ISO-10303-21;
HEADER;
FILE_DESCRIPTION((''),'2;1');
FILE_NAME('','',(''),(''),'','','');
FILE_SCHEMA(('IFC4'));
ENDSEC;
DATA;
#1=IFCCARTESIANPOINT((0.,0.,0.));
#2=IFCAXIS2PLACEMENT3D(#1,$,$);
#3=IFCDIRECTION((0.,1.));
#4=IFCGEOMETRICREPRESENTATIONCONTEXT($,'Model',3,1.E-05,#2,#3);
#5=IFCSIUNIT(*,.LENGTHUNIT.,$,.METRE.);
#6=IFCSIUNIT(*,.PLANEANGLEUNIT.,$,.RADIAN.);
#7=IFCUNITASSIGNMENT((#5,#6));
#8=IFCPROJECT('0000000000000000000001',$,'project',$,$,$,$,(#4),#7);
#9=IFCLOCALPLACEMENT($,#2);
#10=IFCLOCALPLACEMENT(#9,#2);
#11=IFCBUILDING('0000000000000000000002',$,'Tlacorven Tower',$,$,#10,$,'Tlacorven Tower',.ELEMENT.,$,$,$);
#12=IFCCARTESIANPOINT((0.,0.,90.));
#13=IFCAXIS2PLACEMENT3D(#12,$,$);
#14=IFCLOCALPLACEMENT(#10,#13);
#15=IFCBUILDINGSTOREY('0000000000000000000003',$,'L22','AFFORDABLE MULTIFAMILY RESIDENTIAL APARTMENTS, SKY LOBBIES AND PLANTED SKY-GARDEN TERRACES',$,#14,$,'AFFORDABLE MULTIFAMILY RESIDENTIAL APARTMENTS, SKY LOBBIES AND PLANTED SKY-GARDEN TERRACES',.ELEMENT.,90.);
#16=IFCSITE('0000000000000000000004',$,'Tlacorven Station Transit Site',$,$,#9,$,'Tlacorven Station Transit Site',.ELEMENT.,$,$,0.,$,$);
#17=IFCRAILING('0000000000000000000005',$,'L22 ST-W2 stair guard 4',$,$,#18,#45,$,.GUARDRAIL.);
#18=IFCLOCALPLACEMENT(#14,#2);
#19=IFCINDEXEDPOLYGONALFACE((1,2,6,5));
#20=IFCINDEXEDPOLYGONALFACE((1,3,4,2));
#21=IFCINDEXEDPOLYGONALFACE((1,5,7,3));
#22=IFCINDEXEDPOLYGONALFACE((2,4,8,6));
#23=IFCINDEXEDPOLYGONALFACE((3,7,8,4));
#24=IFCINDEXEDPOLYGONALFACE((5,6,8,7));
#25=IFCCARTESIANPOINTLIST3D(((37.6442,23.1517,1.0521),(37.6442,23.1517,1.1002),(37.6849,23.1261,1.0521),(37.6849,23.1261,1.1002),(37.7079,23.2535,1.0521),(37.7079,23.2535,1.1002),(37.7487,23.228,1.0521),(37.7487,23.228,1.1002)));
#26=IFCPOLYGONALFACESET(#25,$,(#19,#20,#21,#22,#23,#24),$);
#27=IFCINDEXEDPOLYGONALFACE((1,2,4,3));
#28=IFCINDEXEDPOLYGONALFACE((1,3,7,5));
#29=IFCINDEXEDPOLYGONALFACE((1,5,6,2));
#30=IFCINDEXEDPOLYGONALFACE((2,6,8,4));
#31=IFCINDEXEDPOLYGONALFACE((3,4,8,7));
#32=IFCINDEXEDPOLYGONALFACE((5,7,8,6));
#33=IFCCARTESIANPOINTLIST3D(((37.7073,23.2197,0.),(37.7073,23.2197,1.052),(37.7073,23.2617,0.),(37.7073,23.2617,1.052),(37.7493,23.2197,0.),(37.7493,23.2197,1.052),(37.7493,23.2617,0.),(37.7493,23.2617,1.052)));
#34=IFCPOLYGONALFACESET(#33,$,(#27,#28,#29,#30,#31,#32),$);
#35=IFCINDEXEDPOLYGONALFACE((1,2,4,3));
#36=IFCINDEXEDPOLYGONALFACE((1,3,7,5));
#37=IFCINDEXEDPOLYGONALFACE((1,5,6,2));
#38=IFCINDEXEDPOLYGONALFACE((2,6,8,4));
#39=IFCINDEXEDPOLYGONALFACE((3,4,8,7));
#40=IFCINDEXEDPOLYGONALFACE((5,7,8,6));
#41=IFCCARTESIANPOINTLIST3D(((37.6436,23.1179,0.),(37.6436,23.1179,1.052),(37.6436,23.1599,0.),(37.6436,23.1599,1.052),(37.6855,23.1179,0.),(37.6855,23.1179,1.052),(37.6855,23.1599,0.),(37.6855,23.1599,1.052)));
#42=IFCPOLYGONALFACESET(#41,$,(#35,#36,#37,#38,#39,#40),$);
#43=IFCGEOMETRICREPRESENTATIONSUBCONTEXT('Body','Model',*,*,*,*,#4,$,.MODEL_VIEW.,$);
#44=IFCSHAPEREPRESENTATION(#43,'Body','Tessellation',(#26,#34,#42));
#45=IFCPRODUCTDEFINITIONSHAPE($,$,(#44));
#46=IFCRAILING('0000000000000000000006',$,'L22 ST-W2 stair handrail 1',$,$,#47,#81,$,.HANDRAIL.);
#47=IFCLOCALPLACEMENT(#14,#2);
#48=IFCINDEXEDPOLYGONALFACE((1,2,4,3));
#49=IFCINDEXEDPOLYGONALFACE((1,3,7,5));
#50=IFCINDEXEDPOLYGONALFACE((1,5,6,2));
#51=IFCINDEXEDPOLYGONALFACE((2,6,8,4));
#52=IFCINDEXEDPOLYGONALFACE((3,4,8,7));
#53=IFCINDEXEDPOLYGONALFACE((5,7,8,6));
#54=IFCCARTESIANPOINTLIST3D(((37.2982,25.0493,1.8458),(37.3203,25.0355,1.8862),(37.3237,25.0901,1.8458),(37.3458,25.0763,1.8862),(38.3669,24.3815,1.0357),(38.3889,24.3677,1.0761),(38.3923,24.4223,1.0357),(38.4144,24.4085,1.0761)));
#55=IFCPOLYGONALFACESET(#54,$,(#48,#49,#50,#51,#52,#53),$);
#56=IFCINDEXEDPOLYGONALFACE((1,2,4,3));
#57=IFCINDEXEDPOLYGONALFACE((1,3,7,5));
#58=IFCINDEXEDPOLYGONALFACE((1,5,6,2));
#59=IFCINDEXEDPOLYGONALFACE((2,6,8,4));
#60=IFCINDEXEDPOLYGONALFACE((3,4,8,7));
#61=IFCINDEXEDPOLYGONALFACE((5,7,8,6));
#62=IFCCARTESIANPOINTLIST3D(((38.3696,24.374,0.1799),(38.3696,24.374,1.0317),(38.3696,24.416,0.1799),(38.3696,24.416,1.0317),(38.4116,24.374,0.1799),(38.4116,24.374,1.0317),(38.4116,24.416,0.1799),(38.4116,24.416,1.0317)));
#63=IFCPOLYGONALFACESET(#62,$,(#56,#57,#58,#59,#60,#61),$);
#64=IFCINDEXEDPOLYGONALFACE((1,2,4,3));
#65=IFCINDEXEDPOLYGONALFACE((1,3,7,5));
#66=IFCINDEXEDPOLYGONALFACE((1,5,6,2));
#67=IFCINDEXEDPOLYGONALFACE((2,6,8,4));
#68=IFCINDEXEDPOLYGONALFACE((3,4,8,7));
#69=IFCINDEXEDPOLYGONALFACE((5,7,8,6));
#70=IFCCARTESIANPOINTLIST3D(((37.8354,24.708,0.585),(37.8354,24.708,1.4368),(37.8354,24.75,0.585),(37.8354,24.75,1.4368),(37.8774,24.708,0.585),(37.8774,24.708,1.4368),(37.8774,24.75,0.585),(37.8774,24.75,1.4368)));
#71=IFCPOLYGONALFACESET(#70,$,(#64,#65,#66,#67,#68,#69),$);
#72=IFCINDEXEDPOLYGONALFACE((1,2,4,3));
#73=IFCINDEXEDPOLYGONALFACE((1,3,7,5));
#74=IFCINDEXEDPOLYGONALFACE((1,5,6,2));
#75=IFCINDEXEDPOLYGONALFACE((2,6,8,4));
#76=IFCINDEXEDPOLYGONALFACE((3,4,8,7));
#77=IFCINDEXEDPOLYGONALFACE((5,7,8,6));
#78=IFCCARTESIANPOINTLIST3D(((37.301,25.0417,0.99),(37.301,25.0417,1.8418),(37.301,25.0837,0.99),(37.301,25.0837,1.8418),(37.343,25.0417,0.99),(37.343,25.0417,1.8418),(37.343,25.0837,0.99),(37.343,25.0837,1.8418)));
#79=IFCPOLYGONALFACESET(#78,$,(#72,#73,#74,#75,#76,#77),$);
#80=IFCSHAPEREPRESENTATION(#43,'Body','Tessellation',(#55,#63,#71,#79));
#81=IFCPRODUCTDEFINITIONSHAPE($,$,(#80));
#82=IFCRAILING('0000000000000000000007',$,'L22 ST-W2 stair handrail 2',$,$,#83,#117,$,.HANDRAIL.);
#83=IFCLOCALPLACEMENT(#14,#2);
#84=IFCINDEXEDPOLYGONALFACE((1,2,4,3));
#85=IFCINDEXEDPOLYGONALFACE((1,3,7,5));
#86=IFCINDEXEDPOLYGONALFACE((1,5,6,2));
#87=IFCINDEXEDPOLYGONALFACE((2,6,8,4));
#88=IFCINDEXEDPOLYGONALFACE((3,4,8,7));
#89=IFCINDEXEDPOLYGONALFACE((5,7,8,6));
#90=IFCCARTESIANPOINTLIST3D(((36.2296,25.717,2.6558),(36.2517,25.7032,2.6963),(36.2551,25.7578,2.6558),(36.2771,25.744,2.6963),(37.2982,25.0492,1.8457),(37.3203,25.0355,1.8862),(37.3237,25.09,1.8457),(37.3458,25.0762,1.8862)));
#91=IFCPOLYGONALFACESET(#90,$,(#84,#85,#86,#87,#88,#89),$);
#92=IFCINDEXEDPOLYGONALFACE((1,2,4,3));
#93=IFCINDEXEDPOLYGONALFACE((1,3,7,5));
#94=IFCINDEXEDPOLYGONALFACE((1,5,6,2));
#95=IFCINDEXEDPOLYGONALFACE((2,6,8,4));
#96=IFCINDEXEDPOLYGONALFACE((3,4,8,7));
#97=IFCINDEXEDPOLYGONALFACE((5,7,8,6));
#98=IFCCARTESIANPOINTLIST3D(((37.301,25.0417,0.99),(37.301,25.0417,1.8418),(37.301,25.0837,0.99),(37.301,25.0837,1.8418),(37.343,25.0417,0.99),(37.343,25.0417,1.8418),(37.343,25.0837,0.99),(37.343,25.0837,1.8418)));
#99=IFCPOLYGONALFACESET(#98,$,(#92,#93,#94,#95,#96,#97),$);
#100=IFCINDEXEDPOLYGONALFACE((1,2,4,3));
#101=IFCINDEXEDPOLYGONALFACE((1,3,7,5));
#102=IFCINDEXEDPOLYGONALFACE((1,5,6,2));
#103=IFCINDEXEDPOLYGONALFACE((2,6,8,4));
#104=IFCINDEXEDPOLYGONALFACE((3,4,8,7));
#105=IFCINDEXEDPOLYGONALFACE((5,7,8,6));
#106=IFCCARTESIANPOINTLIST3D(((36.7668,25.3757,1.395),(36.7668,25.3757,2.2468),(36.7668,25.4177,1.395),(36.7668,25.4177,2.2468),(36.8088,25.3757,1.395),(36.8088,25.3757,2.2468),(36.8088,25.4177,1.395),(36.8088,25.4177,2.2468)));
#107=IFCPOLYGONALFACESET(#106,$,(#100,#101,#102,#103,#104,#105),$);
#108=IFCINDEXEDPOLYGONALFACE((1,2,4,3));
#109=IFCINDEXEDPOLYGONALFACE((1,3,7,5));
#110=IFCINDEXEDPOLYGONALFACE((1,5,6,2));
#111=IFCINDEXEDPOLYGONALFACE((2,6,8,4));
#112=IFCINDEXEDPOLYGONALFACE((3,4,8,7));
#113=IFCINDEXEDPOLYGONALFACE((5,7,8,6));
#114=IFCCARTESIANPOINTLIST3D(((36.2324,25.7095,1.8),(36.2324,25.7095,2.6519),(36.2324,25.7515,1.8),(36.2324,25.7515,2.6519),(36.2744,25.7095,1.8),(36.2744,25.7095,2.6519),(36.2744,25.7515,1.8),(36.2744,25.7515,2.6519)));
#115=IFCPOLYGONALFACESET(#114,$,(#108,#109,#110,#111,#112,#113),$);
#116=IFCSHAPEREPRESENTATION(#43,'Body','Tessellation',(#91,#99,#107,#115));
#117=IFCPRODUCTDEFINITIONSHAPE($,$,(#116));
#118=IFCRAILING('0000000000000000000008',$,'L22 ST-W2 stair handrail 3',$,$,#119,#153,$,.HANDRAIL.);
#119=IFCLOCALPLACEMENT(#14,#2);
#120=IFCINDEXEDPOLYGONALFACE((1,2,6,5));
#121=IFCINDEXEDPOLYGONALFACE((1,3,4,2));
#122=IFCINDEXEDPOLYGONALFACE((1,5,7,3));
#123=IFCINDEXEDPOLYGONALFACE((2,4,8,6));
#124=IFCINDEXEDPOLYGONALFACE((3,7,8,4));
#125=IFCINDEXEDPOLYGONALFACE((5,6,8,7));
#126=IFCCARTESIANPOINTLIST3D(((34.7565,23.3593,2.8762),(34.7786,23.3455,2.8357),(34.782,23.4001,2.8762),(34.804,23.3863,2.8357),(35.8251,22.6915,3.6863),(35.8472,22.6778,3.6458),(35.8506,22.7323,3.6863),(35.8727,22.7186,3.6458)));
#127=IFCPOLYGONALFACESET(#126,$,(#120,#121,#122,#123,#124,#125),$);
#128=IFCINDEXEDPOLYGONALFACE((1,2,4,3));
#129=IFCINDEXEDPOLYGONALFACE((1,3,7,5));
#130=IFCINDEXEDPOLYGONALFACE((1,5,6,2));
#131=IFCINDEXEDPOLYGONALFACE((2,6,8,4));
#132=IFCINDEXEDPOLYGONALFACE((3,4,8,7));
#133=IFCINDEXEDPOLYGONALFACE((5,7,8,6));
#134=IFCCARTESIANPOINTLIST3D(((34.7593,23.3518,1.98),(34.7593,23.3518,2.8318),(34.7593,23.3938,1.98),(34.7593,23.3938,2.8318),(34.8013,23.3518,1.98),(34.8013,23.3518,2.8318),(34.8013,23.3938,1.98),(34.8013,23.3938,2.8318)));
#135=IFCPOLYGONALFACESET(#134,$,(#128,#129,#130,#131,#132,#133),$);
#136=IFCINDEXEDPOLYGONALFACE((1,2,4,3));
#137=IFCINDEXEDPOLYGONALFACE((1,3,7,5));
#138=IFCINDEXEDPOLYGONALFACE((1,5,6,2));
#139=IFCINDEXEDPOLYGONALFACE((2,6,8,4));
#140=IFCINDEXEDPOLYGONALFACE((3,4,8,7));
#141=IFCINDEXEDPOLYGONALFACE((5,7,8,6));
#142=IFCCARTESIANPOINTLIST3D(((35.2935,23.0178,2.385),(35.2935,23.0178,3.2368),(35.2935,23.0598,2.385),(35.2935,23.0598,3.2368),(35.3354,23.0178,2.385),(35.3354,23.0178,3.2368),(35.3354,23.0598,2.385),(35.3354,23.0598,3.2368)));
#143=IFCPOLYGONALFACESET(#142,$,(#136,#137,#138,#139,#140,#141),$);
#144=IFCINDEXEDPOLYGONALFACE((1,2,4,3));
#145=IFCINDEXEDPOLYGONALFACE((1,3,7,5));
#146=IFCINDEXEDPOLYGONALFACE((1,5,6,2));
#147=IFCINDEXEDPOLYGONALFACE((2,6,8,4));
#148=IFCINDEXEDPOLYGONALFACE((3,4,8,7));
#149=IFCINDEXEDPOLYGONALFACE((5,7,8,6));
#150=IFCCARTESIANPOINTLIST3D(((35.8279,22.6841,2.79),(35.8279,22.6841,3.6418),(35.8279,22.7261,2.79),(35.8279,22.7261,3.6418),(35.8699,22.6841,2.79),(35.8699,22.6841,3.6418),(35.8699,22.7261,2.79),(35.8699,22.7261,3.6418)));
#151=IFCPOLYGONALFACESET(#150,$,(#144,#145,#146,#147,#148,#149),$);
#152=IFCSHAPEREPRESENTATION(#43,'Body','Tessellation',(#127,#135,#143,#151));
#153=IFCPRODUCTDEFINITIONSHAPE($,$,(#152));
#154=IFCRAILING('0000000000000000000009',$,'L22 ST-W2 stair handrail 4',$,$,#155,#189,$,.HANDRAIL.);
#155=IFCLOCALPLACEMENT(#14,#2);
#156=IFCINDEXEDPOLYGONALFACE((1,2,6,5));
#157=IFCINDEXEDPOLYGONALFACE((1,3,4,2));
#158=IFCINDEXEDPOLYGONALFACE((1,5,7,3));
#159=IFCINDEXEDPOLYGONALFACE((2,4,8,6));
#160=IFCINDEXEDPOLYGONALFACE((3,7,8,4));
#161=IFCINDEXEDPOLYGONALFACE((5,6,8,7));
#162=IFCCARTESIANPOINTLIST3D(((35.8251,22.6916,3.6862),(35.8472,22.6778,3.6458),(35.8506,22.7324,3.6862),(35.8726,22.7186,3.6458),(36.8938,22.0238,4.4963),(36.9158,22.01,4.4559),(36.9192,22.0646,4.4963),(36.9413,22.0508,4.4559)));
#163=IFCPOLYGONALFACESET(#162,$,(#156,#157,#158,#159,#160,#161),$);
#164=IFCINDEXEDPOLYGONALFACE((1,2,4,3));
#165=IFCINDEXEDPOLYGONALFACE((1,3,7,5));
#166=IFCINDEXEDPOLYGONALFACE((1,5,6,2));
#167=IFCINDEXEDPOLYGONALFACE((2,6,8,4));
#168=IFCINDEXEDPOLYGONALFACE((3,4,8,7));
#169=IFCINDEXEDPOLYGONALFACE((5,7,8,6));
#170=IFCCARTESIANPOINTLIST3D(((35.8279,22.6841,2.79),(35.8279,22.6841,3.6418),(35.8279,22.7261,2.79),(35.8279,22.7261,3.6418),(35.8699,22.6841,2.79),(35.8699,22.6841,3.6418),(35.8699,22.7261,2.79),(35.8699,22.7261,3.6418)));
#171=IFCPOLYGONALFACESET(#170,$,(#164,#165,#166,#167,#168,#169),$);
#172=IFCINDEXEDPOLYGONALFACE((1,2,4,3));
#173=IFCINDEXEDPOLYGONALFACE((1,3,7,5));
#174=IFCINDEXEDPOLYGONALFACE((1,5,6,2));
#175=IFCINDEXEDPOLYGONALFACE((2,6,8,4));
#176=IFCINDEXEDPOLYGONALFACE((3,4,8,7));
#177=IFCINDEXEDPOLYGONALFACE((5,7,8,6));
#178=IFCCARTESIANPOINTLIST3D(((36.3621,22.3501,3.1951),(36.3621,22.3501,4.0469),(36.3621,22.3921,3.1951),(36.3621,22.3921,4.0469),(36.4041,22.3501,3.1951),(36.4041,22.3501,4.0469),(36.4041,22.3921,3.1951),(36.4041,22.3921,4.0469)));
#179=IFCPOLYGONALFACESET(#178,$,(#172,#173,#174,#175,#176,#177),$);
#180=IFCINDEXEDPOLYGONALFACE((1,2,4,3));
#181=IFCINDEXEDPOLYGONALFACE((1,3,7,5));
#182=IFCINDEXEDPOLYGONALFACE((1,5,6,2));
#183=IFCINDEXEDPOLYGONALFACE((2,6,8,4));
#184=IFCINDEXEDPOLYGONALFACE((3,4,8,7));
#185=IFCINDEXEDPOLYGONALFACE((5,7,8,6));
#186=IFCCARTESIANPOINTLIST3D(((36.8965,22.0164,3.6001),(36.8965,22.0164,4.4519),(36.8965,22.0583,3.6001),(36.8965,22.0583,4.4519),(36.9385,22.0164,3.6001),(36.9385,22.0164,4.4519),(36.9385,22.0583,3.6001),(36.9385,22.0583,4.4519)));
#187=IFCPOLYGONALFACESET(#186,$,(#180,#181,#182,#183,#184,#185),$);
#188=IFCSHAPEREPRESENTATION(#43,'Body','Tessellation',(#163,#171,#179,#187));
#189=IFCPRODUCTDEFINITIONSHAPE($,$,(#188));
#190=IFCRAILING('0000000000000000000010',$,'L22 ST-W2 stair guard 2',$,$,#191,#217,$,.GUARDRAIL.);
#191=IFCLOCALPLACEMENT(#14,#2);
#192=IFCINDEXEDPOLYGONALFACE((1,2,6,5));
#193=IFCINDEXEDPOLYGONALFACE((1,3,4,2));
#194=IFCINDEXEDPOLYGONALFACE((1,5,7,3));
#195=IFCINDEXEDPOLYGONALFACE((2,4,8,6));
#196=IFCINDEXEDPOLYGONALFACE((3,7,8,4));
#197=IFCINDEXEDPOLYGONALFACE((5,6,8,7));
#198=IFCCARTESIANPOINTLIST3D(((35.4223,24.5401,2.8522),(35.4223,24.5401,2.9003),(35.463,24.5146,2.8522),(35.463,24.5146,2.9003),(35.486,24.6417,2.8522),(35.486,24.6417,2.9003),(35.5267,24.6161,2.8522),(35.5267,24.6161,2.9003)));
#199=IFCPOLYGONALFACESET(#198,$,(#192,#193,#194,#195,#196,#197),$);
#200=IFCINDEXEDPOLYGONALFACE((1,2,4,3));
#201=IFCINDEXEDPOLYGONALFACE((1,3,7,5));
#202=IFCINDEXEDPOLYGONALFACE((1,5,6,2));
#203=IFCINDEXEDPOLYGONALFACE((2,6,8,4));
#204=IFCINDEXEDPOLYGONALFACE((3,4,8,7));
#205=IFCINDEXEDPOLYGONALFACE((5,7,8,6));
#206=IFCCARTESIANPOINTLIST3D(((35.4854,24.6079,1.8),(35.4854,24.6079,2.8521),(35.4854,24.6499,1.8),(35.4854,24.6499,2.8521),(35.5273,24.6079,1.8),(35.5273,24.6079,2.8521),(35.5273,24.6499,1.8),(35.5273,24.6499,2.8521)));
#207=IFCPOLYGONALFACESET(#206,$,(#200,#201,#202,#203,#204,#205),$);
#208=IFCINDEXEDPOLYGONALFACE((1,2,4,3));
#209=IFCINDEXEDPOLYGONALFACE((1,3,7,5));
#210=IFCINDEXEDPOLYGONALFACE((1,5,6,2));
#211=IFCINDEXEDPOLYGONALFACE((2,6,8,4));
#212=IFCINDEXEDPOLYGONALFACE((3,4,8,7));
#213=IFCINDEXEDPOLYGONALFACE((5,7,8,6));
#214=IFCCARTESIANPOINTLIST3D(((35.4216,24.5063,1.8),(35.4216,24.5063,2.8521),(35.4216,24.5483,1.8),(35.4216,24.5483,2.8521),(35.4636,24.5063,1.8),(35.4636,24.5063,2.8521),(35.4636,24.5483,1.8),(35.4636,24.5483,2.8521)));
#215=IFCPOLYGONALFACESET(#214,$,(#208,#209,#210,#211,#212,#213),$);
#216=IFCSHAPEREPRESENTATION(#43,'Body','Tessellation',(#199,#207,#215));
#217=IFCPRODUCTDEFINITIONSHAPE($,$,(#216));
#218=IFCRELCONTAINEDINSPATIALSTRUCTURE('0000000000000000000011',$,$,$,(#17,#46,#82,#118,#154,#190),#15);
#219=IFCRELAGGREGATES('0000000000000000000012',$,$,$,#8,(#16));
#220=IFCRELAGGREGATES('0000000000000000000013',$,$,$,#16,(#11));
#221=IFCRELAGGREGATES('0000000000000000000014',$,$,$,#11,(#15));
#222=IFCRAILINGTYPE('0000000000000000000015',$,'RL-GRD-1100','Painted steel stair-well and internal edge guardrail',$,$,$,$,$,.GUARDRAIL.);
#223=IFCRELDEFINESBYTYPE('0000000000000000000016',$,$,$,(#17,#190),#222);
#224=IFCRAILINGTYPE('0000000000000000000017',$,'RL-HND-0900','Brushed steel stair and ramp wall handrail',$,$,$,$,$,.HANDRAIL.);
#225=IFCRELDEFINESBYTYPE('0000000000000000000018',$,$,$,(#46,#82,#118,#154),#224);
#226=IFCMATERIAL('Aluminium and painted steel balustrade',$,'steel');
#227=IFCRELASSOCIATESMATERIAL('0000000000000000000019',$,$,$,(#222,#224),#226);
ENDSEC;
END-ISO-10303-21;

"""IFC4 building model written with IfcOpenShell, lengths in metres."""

from ifc_helpers import new_model, si_unit, direction, frame, origin, origin_2d, place, context, subcontext, project, spatial, rectangle, extrude, source, transform, mapped, material, type_object, element, save


model = new_model("IFC4")

# Units and contexts
model_context = context("Model", 3, precision=1e-05, world=origin(), true_north=direction((0.0, 1.0)))
body_context = subcontext(model_context, "Body", "Model", "MODEL_VIEW")
ifc_project = project(units=[si_unit("LENGTHUNIT", "METRE"), si_unit("PLANEANGLEUNIT", "RADIAN")], contexts=[model_context])

# Site, building, storey
site_placement = place(None, origin())
site = spatial("IfcSite", under=ifc_project, at=site_placement, Name="Tlacorven Station Transit Site", LongName="Tlacorven Station Transit Site", CompositionType="ELEMENT", RefElevation=0.0)
building_placement = place(site_placement, origin())
building = spatial("IfcBuilding", under=site, at=building_placement, Name="Tlacorven Tower", LongName="Tlacorven Tower", CompositionType="ELEMENT")
storey_placement = place(building_placement, frame((0.0, 0.0, 90.0)))
storey = spatial("IfcBuildingStorey", under=building, at=storey_placement, Name="L22", Description="AFFORDABLE MULTIFAMILY RESIDENTIAL APARTMENTS, SKY LOBBIES AND PLANTED SKY-GARDEN TERRACES", LongName="AFFORDABLE MULTIFAMILY RESIDENTIAL APARTMENTS, SKY LOBBIES AND PLANTED SKY-GARDEN TERRACES", CompositionType="ELEMENT", Elevation=90.0)

# Railings
ifc_material_1 = material(Name="Aluminium and painted steel balustrade", Category="steel")
railing_type_1 = type_object("IfcRailingType", Name="RL-GRD-1100", Description="Painted steel stair-well and internal edge guardrail", PredefinedType="GUARDRAIL", material=ifc_material_1)
shared_shape_1 = source(origin(), body_context, "Body", "SweptSolid", [
    extrude(rectangle(XDim=0.0481, YDim=0.0481, at=origin_2d()), frame((0.0, 0.0, 1.0762), z_axis=(-0.530547, -0.847656, 0.0), x_axis=(0.847656, -0.530547, 0.0)), (0.0, 0.0, 1.0), 0.1201),
    extrude(rectangle(XDim=0.042, YDim=0.042, at=origin_2d()), origin(), (0.0, 0.0, 1.0), 1.052),
    extrude(rectangle(XDim=0.042, YDim=0.042, at=origin_2d()), frame((-0.0637, -0.1018, 0.0)), (0.0, 0.0, 1.0), 1.052),
])
railing_1_placement = place(storey_placement, frame((37.7283, 23.2407, 0.0)))
element("IfcRailing", 1, at=railing_1_placement, inside=storey, type_object=railing_type_1, Name="L22 ST-W2 stair guard 4", PredefinedType="GUARDRAIL", context=body_context, shape_type="MappedRepresentation", body=[
    mapped(shared_shape_1, transform((0.0, 0.0, 0.0), scale=1.0)),
])
railing_type_2 = type_object("IfcRailingType", Name="RL-HND-0900", Description="Brushed steel stair and ramp wall handrail", PredefinedType="HANDRAIL", material=ifc_material_1)
shared_shape_2 = source(origin(), body_context, "Body", "SweptSolid", [
    extrude(rectangle(XDim=0.0481, YDim=0.0481, at=origin_2d()), frame((0.0, 0.0, 0.876), z_axis=(-0.71336, 0.445748, 0.540765), x_axis=(-0.529912, -0.848053, 0.0)), (0.0, 0.0, 1.0), 1.498),
    extrude(rectangle(XDim=0.042, YDim=0.042, at=origin_2d()), origin(), (0.0, 0.0, 1.0), 0.8518),
    extrude(rectangle(XDim=0.042, YDim=0.042, at=origin_2d()), frame((-0.5342, 0.334, 0.405)), (0.0, 0.0, 1.0), 0.8518),
    extrude(rectangle(XDim=0.042, YDim=0.042, at=origin_2d()), frame((-1.0686, 0.6677, 0.8101)), (0.0, 0.0, 1.0), 0.8518),
])
for number, where, name in (
    (2, (38.3906, 24.395, 0.1799), "L22 ST-W2 stair handrail 1"),
    (3, (37.322, 25.0627, 0.99), "L22 ST-W2 stair handrail 2"),
):
    element("IfcRailing", number, at=place(storey_placement, frame(where)), inside=storey, type_object=railing_type_2, Name=name, PredefinedType="HANDRAIL", context=body_context, shape_type="MappedRepresentation", body=[
        mapped(shared_shape_2, transform((0.0, 0.0, 0.0), scale=1.0)),
    ])
shared_shape_3 = source(origin(), body_context, "Body", "SweptSolid", [
    extrude(rectangle(XDim=0.0481, YDim=0.0481, at=origin_2d()), frame((0.0, 0.0, 0.876), z_axis=(0.71336, -0.445748, 0.540765), x_axis=(0.529912, 0.848053, 0.0)), (0.0, 0.0, 1.0), 1.498),
    extrude(rectangle(XDim=0.042, YDim=0.042, at=origin_2d()), origin(), (0.0, 0.0, 1.0), 0.8518),
    extrude(rectangle(XDim=0.042, YDim=0.042, at=origin_2d()), frame((0.5342, -0.334, 0.405)), (0.0, 0.0, 1.0), 0.8518),
    extrude(rectangle(XDim=0.042, YDim=0.042, at=origin_2d()), frame((1.0686, -0.6677, 0.8101)), (0.0, 0.0, 1.0), 0.8518),
])
for number, where, name in (
    (4, (34.7803, 23.3728, 1.98), "L22 ST-W2 stair handrail 3"),
    (5, (35.8489, 22.7051, 2.79), "L22 ST-W2 stair handrail 4"),
):
    element("IfcRailing", number, at=place(storey_placement, frame(where)), inside=storey, type_object=railing_type_2, Name=name, PredefinedType="HANDRAIL", context=body_context, shape_type="MappedRepresentation", body=[
        mapped(shared_shape_3, transform((0.0, 0.0, 0.0), scale=1.0)),
    ])
shared_shape_4 = source(origin(), body_context, "Body", "SweptSolid", [
    extrude(rectangle(XDim=0.0481, YDim=0.0481, at=origin_2d()), frame((0.0, 0.0, 1.0762), z_axis=(-0.531462, -0.847082, 0.0), x_axis=(0.847082, -0.531462, 0.0)), (0.0, 0.0, 1.0), 0.1199),
    extrude(rectangle(XDim=0.042, YDim=0.042, at=origin_2d()), origin(), (0.0, 0.0, 1.0), 1.052),
    extrude(rectangle(XDim=0.042, YDim=0.042, at=origin_2d()), frame((-0.0637, -0.1016, 0.0)), (0.0, 0.0, 1.0), 1.052),
])
railing_2_placement = place(storey_placement, frame((35.5063, 24.6289, 1.8)))
element("IfcRailing", 6, at=railing_2_placement, inside=storey, type_object=railing_type_1, Name="L22 ST-W2 stair guard 2", PredefinedType="GUARDRAIL", context=body_context, shape_type="MappedRepresentation", body=[
    mapped(shared_shape_4, transform((0.0, 0.0, 0.0), scale=1.0)),
])

save(model, "model.ifc")
